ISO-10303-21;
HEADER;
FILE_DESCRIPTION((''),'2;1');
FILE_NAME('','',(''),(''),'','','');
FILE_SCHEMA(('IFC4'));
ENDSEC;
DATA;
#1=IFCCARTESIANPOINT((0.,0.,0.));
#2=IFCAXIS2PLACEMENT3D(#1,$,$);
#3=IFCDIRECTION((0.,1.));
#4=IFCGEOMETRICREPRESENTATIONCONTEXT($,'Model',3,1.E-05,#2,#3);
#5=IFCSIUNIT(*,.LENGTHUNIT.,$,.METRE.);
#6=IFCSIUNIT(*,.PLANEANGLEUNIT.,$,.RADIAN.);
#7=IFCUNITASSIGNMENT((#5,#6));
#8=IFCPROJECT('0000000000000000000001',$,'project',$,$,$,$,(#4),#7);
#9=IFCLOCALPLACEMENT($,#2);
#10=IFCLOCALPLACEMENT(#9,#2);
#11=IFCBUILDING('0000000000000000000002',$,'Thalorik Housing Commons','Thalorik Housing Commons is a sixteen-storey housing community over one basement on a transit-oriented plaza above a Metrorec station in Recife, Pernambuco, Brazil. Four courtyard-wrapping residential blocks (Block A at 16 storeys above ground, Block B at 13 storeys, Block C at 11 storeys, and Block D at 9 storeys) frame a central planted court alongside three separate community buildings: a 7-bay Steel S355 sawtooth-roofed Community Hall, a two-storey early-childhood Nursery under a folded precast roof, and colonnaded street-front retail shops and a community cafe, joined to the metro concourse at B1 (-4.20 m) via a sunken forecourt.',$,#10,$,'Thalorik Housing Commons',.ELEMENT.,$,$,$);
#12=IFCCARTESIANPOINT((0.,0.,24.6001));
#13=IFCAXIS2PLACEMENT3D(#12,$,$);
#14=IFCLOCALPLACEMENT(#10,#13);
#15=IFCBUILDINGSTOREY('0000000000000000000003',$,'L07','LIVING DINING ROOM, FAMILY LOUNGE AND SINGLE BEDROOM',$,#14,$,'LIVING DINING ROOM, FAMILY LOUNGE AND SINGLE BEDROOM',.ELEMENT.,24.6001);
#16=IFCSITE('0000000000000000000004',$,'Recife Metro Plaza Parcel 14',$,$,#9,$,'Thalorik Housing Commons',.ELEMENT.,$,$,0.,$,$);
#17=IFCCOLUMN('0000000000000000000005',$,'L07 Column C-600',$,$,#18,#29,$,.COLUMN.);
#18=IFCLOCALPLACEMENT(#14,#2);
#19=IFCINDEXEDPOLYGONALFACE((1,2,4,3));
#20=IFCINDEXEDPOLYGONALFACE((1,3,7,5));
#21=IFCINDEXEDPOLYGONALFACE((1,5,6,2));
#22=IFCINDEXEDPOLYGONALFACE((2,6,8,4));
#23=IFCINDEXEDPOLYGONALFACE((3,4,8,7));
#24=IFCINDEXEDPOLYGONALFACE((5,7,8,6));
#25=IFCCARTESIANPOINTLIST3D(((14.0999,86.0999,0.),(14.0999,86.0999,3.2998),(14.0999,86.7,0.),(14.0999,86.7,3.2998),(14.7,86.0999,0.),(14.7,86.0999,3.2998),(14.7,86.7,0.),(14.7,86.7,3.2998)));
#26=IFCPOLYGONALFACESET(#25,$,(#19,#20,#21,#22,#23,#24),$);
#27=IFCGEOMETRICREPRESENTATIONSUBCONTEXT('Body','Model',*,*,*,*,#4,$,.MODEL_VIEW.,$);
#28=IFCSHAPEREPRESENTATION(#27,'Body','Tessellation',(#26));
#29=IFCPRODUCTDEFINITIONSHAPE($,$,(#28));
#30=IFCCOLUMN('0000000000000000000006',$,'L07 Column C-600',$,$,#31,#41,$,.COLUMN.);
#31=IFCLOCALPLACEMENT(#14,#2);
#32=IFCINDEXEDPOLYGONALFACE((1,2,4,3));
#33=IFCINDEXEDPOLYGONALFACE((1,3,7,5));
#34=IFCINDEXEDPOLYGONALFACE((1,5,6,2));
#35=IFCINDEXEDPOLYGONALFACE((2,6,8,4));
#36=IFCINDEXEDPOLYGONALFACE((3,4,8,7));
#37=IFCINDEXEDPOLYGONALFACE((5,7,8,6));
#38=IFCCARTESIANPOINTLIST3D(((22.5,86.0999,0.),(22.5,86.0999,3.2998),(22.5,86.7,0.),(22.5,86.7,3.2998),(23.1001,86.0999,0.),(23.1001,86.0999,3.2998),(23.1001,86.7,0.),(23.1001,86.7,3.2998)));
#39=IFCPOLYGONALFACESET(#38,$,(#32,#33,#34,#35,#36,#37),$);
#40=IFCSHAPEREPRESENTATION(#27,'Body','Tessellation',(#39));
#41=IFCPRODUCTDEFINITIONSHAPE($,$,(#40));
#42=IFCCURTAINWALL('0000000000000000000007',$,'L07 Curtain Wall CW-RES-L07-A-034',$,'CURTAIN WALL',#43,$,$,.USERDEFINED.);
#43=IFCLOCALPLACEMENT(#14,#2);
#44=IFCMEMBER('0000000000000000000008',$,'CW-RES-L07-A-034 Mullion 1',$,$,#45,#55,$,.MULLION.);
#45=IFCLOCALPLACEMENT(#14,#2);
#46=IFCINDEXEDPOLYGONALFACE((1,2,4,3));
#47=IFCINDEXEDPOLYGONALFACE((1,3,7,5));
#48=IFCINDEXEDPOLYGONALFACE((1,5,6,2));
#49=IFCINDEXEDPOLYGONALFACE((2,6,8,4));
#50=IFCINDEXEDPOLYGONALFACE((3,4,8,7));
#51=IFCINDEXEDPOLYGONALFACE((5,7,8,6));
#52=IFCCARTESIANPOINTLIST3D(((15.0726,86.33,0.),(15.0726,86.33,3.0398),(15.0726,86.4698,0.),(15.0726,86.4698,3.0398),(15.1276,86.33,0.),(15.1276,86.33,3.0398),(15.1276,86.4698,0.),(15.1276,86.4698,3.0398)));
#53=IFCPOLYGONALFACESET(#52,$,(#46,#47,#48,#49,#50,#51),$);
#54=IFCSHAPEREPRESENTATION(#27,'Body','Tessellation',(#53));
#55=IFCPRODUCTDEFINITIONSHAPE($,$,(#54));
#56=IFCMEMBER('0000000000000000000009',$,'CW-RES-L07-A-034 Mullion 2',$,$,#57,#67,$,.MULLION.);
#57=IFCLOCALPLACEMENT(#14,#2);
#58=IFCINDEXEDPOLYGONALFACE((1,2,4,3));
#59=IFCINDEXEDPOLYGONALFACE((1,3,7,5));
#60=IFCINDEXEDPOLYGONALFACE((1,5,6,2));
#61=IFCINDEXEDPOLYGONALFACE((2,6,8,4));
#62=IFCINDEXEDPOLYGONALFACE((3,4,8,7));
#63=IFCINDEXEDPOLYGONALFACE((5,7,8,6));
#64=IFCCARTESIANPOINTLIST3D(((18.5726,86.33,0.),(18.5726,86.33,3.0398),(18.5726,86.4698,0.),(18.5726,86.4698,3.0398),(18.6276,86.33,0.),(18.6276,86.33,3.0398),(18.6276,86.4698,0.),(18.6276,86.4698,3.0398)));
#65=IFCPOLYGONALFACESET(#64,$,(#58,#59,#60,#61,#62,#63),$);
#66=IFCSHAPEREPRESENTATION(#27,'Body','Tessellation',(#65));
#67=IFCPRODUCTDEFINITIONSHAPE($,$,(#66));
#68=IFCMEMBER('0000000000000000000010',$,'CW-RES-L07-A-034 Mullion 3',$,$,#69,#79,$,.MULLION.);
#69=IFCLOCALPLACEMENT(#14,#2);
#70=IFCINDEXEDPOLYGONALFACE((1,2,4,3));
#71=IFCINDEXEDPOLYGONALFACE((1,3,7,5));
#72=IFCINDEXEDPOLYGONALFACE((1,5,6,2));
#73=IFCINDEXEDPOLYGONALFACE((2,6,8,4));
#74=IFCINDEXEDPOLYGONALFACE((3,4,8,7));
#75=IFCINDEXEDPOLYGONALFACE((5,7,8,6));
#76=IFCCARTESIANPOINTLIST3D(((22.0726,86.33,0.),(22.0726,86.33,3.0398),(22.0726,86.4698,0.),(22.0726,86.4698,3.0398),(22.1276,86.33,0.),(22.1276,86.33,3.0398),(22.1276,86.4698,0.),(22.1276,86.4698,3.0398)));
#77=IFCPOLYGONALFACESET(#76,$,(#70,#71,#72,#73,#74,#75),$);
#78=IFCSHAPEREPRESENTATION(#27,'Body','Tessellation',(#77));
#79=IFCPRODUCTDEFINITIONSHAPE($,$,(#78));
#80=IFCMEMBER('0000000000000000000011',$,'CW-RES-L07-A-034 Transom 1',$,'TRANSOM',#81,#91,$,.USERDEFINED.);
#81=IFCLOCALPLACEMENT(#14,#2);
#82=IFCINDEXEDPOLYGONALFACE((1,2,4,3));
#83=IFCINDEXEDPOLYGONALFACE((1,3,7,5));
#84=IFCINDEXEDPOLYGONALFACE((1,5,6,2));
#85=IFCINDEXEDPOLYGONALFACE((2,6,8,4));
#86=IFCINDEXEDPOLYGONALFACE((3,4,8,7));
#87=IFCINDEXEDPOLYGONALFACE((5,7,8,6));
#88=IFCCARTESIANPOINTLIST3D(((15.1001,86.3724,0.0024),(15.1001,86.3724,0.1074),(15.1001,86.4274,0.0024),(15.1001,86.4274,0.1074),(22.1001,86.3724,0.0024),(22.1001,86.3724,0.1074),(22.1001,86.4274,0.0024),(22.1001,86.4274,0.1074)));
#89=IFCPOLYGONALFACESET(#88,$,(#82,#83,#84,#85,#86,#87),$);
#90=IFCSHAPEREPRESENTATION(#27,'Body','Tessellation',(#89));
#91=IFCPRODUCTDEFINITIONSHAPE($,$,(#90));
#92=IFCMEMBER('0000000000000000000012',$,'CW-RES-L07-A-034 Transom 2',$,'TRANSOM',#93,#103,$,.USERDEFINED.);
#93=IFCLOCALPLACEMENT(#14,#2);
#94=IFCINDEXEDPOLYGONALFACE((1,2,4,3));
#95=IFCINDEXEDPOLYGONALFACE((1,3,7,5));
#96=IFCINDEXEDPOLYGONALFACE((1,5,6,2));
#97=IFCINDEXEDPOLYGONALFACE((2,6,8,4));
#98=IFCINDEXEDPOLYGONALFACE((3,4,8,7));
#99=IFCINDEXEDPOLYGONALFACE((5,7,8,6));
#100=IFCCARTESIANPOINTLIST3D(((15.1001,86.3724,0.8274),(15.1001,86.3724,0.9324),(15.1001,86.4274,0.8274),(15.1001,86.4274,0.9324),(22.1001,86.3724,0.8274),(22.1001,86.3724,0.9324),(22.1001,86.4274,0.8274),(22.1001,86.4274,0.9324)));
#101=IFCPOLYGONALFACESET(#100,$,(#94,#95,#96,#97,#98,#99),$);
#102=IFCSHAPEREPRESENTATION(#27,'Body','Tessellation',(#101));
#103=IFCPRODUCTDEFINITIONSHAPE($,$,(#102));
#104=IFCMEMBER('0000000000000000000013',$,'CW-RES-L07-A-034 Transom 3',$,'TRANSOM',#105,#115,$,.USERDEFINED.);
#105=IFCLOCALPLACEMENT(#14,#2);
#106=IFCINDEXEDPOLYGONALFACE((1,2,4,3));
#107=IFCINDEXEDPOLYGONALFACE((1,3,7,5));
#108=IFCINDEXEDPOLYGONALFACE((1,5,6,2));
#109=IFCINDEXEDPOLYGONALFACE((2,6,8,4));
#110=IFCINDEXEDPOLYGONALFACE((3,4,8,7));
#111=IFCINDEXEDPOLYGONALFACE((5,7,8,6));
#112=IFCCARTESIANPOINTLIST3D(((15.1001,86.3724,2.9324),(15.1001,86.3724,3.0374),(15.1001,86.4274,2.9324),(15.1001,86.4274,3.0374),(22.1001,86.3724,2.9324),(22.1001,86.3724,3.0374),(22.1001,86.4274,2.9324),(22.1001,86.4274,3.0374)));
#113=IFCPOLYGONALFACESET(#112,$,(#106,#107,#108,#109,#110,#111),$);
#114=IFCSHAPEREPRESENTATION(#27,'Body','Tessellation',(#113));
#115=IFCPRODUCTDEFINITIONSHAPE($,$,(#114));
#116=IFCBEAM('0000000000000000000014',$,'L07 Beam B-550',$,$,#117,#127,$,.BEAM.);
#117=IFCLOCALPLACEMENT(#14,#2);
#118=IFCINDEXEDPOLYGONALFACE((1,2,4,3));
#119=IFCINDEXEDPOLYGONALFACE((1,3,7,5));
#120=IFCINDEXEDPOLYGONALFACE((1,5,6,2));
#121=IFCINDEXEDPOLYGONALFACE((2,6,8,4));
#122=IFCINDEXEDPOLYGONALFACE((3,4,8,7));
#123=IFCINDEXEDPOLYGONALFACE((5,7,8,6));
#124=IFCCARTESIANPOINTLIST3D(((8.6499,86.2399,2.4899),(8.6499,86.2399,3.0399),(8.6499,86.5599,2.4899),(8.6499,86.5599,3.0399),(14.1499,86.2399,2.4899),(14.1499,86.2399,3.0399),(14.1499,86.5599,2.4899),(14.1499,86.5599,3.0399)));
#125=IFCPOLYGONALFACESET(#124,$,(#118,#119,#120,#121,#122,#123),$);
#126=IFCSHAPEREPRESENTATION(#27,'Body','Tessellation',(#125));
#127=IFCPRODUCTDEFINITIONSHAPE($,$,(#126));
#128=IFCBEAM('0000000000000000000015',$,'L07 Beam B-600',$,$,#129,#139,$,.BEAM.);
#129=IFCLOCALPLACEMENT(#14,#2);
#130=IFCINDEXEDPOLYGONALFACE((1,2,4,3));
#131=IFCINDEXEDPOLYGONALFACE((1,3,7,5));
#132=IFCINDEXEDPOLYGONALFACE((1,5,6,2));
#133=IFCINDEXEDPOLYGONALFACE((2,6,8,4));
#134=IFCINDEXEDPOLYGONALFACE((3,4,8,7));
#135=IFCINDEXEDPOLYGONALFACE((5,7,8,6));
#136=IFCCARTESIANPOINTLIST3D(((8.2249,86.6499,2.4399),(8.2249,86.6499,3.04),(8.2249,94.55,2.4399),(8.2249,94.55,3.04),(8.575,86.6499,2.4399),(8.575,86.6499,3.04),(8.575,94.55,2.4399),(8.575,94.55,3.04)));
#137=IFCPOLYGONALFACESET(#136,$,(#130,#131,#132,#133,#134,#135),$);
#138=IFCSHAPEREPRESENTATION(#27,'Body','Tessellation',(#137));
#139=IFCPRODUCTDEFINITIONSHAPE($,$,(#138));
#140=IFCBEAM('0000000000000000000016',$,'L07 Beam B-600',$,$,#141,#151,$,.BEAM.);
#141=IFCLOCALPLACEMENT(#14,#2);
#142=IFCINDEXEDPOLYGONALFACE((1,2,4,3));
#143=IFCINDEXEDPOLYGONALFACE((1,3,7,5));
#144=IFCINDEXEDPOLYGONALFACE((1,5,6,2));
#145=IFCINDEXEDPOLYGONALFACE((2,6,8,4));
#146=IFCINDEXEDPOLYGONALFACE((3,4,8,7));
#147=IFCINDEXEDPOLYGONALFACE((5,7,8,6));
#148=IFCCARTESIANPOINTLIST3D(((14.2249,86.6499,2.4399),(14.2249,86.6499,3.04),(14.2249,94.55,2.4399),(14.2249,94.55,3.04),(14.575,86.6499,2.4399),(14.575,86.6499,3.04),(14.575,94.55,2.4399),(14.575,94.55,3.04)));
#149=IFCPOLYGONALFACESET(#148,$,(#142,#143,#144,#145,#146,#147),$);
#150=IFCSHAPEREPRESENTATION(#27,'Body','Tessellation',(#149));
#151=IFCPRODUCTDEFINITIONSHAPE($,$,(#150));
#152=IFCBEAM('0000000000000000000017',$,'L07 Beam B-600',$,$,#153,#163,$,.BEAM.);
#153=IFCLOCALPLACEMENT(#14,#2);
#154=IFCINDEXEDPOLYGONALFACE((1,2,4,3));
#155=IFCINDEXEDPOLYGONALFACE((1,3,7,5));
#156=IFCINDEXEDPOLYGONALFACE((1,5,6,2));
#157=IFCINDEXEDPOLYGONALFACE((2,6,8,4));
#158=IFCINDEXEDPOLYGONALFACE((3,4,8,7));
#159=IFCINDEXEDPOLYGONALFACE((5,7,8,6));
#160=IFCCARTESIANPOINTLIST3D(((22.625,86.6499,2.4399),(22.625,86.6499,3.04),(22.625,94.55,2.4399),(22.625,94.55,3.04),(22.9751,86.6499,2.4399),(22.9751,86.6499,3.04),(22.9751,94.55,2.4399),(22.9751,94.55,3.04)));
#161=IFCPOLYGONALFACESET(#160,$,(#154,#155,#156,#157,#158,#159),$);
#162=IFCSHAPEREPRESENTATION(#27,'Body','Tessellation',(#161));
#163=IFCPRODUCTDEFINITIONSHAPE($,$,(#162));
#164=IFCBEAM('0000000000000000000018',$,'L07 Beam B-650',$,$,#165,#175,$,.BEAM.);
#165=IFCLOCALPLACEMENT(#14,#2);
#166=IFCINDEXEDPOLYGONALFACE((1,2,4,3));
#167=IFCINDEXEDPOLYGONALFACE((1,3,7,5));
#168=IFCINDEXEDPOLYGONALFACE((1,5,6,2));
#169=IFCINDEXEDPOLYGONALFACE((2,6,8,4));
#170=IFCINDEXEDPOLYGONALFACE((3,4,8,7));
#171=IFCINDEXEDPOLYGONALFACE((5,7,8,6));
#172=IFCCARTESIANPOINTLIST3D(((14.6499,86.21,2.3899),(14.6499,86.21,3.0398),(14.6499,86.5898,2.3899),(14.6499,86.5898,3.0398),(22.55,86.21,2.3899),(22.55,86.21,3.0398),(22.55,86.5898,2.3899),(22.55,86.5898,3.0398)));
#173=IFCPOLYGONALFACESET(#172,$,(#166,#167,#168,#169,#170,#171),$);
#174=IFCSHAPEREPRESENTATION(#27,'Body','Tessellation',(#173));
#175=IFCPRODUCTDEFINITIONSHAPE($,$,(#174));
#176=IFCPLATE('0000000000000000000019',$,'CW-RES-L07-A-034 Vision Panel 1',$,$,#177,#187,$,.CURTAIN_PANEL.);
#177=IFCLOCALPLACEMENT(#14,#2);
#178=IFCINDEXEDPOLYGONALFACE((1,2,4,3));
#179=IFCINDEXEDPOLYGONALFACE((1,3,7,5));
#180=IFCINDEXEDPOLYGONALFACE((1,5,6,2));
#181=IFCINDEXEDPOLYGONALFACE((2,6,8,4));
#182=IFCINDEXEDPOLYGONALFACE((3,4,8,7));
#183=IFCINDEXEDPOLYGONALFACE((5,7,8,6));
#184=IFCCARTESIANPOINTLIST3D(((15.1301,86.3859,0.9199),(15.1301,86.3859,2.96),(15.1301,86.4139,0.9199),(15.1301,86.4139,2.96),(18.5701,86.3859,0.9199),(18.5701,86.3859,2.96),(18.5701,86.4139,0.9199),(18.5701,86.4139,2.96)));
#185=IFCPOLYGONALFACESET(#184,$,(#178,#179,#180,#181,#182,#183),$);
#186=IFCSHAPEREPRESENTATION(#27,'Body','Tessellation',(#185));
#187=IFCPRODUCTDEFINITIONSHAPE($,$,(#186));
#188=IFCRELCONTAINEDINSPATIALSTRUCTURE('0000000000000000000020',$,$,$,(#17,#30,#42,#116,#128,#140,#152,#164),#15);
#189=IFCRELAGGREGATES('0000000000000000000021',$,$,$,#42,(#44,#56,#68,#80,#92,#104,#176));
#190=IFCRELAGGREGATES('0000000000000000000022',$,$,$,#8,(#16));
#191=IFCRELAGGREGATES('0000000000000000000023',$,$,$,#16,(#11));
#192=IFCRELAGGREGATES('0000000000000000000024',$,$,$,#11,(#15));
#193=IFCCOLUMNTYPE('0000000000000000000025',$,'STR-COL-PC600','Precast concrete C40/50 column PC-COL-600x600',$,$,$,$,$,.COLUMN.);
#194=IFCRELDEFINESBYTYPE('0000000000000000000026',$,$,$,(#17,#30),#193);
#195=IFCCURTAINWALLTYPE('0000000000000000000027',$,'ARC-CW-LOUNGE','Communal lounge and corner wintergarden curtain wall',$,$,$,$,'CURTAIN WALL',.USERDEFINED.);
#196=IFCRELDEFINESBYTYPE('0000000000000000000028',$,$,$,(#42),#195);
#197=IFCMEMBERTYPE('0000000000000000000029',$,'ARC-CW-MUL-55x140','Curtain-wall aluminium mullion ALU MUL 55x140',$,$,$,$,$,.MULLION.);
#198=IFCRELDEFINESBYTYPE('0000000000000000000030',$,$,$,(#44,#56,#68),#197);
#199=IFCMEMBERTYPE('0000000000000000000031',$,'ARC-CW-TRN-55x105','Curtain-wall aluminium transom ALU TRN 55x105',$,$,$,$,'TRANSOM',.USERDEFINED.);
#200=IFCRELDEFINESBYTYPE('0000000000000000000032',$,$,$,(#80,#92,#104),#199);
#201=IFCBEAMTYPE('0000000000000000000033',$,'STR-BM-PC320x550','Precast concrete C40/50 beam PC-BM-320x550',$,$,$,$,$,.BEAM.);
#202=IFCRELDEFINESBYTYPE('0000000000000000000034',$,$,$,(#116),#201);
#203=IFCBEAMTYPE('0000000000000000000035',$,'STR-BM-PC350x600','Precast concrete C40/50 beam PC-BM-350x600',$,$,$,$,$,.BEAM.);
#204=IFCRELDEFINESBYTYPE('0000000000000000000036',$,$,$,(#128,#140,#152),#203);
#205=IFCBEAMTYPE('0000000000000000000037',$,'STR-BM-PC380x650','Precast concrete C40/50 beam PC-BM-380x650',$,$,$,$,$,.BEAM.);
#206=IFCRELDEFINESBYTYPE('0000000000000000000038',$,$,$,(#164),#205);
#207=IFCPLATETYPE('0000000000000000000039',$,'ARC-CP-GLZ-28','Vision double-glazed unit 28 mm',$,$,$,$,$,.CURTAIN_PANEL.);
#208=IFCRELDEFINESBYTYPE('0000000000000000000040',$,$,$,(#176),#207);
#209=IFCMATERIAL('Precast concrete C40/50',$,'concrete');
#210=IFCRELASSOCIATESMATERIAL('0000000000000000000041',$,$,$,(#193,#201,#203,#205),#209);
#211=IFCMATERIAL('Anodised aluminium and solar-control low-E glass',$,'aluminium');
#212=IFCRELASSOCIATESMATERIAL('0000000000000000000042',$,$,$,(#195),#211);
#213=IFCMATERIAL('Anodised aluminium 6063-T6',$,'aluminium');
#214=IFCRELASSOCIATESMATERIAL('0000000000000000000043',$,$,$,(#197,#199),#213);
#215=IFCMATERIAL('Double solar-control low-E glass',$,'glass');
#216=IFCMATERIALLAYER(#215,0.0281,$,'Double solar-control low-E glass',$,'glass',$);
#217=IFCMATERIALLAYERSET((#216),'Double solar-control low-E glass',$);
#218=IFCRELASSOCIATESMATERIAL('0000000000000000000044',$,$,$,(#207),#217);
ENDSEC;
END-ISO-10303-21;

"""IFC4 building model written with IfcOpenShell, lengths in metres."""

from ifc_helpers import new_model, si_unit, direction, frame, origin, origin_2d, place, context, subcontext, project, spatial, rectangle, extrude, material, layer, layer_set, material_profile, profile_set, type_object, element, aggregate, save


model = new_model("IFC4")

# Units and contexts
model_context = context("Model", 3, precision=1e-05, world=origin(), true_north=direction((0.0, 1.0)))
body_context = subcontext(model_context, "Body", "Model", "MODEL_VIEW")
ifc_project = project(units=[si_unit("LENGTHUNIT", "METRE"), si_unit("PLANEANGLEUNIT", "RADIAN")], contexts=[model_context])

# Site, building, storey
site_placement = place(None, origin())
site = spatial("IfcSite", under=ifc_project, at=site_placement, Name="Recife Metro Plaza Parcel 14", LongName="Thalorik Housing Commons", CompositionType="ELEMENT", RefElevation=0.0)
building_placement = place(site_placement, origin())
building = spatial("IfcBuilding", under=site, at=building_placement, Name="Thalorik Housing Commons", Description="Thalorik Housing Commons is a sixteen-storey housing community over one basement on a transit-oriented plaza above a Metrorec station in Recife, Pernambuco, Brazil. Four courtyard-wrapping residential blocks (Block A at 16 storeys above ground, Block B at 13 storeys, Block C at 11 storeys, and Block D at 9 storeys) frame a central planted court alongside three separate community buildings: a 7-bay Steel S355 sawtooth-roofed Community Hall, a two-storey early-childhood Nursery under a folded precast roof, and colonnaded street-front retail shops and a community cafe, joined to the metro concourse at B1 (-4.20 m) via a sunken forecourt.", LongName="Thalorik Housing Commons", CompositionType="ELEMENT")
storey_placement = place(building_placement, frame((0.0, 0.0, 24.6001)))
storey = spatial("IfcBuildingStorey", under=building, at=storey_placement, Name="L07", Description="LIVING DINING ROOM, FAMILY LOUNGE AND SINGLE BEDROOM", LongName="LIVING DINING ROOM, FAMILY LOUNGE AND SINGLE BEDROOM", CompositionType="ELEMENT", Elevation=24.6001)

# Columns
ifc_material_1 = material(Name="Precast concrete C40/50", Category="concrete")
ifc_material_profile_1 = material_profile(ifc_material_1, rectangle(XDim=0.6001, YDim=0.6001, at=origin_2d()), Name="PC 600x600", Category="concrete")
ifc_profile_set_1 = profile_set([ifc_material_profile_1], Name="Precast concrete C40/50")
column_type = type_object("IfcColumnType", Name="STR-COL-PC600", Description="Precast concrete C40/50 column PC-COL-600x600", PredefinedType="COLUMN", material=ifc_profile_set_1)
for number, where, z_axis, x_axis, name in (
    (1, (14.3999, 86.3999, 0.0), (0.0, 0.0, 1.0), (1.0, 0.0, 0.0), "L07 Column C-600"),
    (2, (22.8, 86.3999, 0.0), (0.0, 0.0, 1.0), (1.0, 0.0, 0.0), "L07 Column C-600"),
):
    element("IfcColumn", number, at=place(storey_placement, frame(where, z_axis=z_axis, x_axis=x_axis)), inside=storey, type_object=column_type, Name=name, PredefinedType="COLUMN", context=body_context, shape_type="SweptSolid", body=[
        extrude(rectangle(XDim=0.6001, YDim=0.6001, at=origin_2d()), origin(), (0.0, 0.0, 1.0), 3.2998),
    ])

# Curtain wall, members
ifc_material_2 = material(Name="Anodised aluminium and solar-control low-E glass", Category="aluminium")
curtain_wall_type = type_object("IfcCurtainWallType", Name="ARC-CW-LOUNGE", Description="Communal lounge and corner wintergarden curtain wall", ElementType="CURTAIN WALL", PredefinedType="USERDEFINED", material=ifc_material_2)
curtain_wall_placement = place(storey_placement, origin())
curtain_wall = element("IfcCurtainWall", 3, at=curtain_wall_placement, inside=storey, type_object=curtain_wall_type, Name="L07 Curtain Wall CW-RES-L07-A-034", ObjectType="CURTAIN WALL", PredefinedType="USERDEFINED")
ifc_material_3 = material(Name="Anodised aluminium 6063-T6", Category="aluminium")
ifc_material_profile_2 = material_profile(ifc_material_3, rectangle(XDim=0.0549, YDim=0.1399, at=origin_2d()), Name="ALU MUL 55x140", Category="aluminium")
ifc_profile_set_2 = profile_set([ifc_material_profile_2], Name="Anodised aluminium 6063-T6")
member_type_1 = type_object("IfcMemberType", Name="ARC-CW-MUL-55x140", Description="Curtain-wall aluminium mullion ALU MUL 55x140", PredefinedType="MULLION", material=ifc_profile_set_2)
member_1_placement = place(storey_placement, frame((15.1001, 86.3999, 0.0), z_axis=(0.0, 0.0, 1.0), x_axis=(1.0, 0.0, 0.0)))
member_1 = element("IfcMember", 4, at=member_1_placement, type_object=member_type_1, Name="CW-RES-L07-A-034 Mullion 1", PredefinedType="MULLION", context=body_context, shape_type="SweptSolid", body=[
    extrude(rectangle(XDim=0.0549, YDim=0.1399, at=origin_2d()), origin(), (0.0, 0.0, 1.0), 3.0398),
])
member_2_placement = place(storey_placement, frame((18.6001, 86.3999, 0.0), z_axis=(0.0, 0.0, 1.0), x_axis=(1.0, 0.0, 0.0)))
member_2 = element("IfcMember", 5, at=member_2_placement, type_object=member_type_1, Name="CW-RES-L07-A-034 Mullion 2", PredefinedType="MULLION", context=body_context, shape_type="SweptSolid", body=[
    extrude(rectangle(XDim=0.0549, YDim=0.1399, at=origin_2d()), origin(), (0.0, 0.0, 1.0), 3.0398),
])
member_3_placement = place(storey_placement, frame((22.1001, 86.3999, 0.0), z_axis=(0.0, 0.0, 1.0), x_axis=(1.0, 0.0, 0.0)))
member_3 = element("IfcMember", 6, at=member_3_placement, type_object=member_type_1, Name="CW-RES-L07-A-034 Mullion 3", PredefinedType="MULLION", context=body_context, shape_type="SweptSolid", body=[
    extrude(rectangle(XDim=0.0549, YDim=0.1399, at=origin_2d()), origin(), (0.0, 0.0, 1.0), 3.0398),
])
ifc_material_profile_3 = material_profile(ifc_material_3, rectangle(XDim=0.0549, YDim=0.105, at=origin_2d()), Name="ALU TRN 55x105", Category="aluminium")
ifc_profile_set_3 = profile_set([ifc_material_profile_3], Name="Anodised aluminium 6063-T6")
member_type_2 = type_object("IfcMemberType", Name="ARC-CW-TRN-55x105", Description="Curtain-wall aluminium transom ALU TRN 55x105", ElementType="TRANSOM", PredefinedType="USERDEFINED", material=ifc_profile_set_3)
member_4_placement = place(storey_placement, frame((15.1001, 86.3999, 0.0549), z_axis=(1.0, 0.0, 0.0), x_axis=(0.0, 1.0, 0.0)))
member_4 = element("IfcMember", 7, at=member_4_placement, type_object=member_type_2, Name="CW-RES-L07-A-034 Transom 1", ObjectType="TRANSOM", PredefinedType="USERDEFINED", context=body_context, shape_type="SweptSolid", body=[
    extrude(rectangle(XDim=0.0549, YDim=0.105, at=origin_2d()), origin(), (0.0, 0.0, 1.0), 7.0),
])
member_5_placement = place(storey_placement, frame((15.1001, 86.3999, 0.8799), z_axis=(1.0, 0.0, 0.0), x_axis=(0.0, 1.0, 0.0)))
member_5 = element("IfcMember", 8, at=member_5_placement, type_object=member_type_2, Name="CW-RES-L07-A-034 Transom 2", ObjectType="TRANSOM", PredefinedType="USERDEFINED", context=body_context, shape_type="SweptSolid", body=[
    extrude(rectangle(XDim=0.0549, YDim=0.105, at=origin_2d()), origin(), (0.0, 0.0, 1.0), 7.0),
])
member_6_placement = place(storey_placement, frame((15.1001, 86.3999, 2.9849), z_axis=(1.0, 0.0, 0.0), x_axis=(0.0, 1.0, 0.0)))
member_6 = element("IfcMember", 9, at=member_6_placement, type_object=member_type_2, Name="CW-RES-L07-A-034 Transom 3", ObjectType="TRANSOM", PredefinedType="USERDEFINED", context=body_context, shape_type="SweptSolid", body=[
    extrude(rectangle(XDim=0.0549, YDim=0.105, at=origin_2d()), origin(), (0.0, 0.0, 1.0), 7.0),
])

# Beams
ifc_material_profile_4 = material_profile(ifc_material_1, rectangle(XDim=0.3201, YDim=0.55, at=origin_2d()), Name="PC 320x550", Category="concrete")
ifc_profile_set_4 = profile_set([ifc_material_profile_4], Name="Precast concrete C40/50")
beam_type_1 = type_object("IfcBeamType", Name="STR-BM-PC320x550", Description="Precast concrete C40/50 beam PC-BM-320x550", PredefinedType="BEAM", material=ifc_profile_set_4)
beam_1_placement = place(storey_placement, frame((8.6499, 86.3999, 2.7649), z_axis=(1.0, 0.0, 0.0), x_axis=(0.0, 1.0, 0.0)))
element("IfcBeam", 10, at=beam_1_placement, inside=storey, type_object=beam_type_1, Name="L07 Beam B-550", PredefinedType="BEAM", context=body_context, shape_type="SweptSolid", body=[
    extrude(rectangle(XDim=0.3201, YDim=0.55, at=origin_2d()), origin(), (0.0, 0.0, 1.0), 5.5),
])
ifc_material_profile_5 = material_profile(ifc_material_1, rectangle(XDim=0.3501, YDim=0.6001, at=origin_2d()), Name="PC 350x600", Category="concrete")
ifc_profile_set_5 = profile_set([ifc_material_profile_5], Name="Precast concrete C40/50")
beam_type_2 = type_object("IfcBeamType", Name="STR-BM-PC350x600", Description="Precast concrete C40/50 beam PC-BM-350x600", PredefinedType="BEAM", material=ifc_profile_set_5)
for number, where, z_axis, x_axis, name in (
    (11, (8.3999, 86.6499, 2.74), (0.0, 1.0, 0.0), (-1.0, 0.0, 0.0), "L07 Beam B-600"),
    (12, (14.3999, 86.6499, 2.74), (0.0, 1.0, 0.0), (-1.0, 0.0, 0.0), "L07 Beam B-600"),
    (13, (22.8, 86.6499, 2.74), (0.0, 1.0, 0.0), (-1.0, 0.0, 0.0), "L07 Beam B-600"),
):
    element("IfcBeam", number, at=place(storey_placement, frame(where, z_axis=z_axis, x_axis=x_axis)), inside=storey, type_object=beam_type_2, Name=name, PredefinedType="BEAM", context=body_context, shape_type="SweptSolid", body=[
        extrude(rectangle(XDim=0.3501, YDim=0.6001, at=origin_2d()), origin(), (0.0, 0.0, 1.0), 7.9001),
    ])
ifc_material_profile_6 = material_profile(ifc_material_1, rectangle(XDim=0.3799, YDim=0.6499, at=origin_2d()), Name="PC 380x650", Category="concrete")
ifc_profile_set_6 = profile_set([ifc_material_profile_6], Name="Precast concrete C40/50")
beam_type_3 = type_object("IfcBeamType", Name="STR-BM-PC380x650", Description="Precast concrete C40/50 beam PC-BM-380x650", PredefinedType="BEAM", material=ifc_profile_set_6)
beam_2_placement = place(storey_placement, frame((14.6499, 86.3999, 2.7148), z_axis=(1.0, 0.0, 0.0), x_axis=(0.0, 1.0, 0.0)))
element("IfcBeam", 14, at=beam_2_placement, inside=storey, type_object=beam_type_3, Name="L07 Beam B-650", PredefinedType="BEAM", context=body_context, shape_type="SweptSolid", body=[
    extrude(rectangle(XDim=0.3799, YDim=0.6499, at=origin_2d()), origin(), (0.0, 0.0, 1.0), 7.9001),
])

# Plate
ifc_material_4 = material(Name="Double solar-control low-E glass", Category="glass")
ifc_layer_1 = layer(ifc_material_4, 0.0281, Name="Double solar-control low-E glass", Category="glass")
ifc_layer_set_1 = layer_set([ifc_layer_1], Name="Double solar-control low-E glass")
plate_type_1 = type_object("IfcPlateType", Name="ARC-CP-GLZ-28", Description="Vision double-glazed unit 28 mm", PredefinedType="CURTAIN_PANEL", material=ifc_layer_set_1)
plate_1_placement = place(storey_placement, frame((16.8501, 86.3999, 0.9199), z_axis=(0.0, 0.0, 1.0), x_axis=(1.0, 0.0, 0.0)))
plate_1 = element("IfcPlate", 15, at=plate_1_placement, type_object=plate_type_1, Name="CW-RES-L07-A-034 Vision Panel 1", PredefinedType="CURTAIN_PANEL", context=body_context, shape_type="SweptSolid", body=[
    extrude(rectangle(XDim=3.4399, YDim=0.0281, at=origin_2d()), origin(), (0.0, 0.0, 1.0), 2.04),
])
aggregate(curtain_wall, [member_1, member_2, member_3, member_4, member_5, member_6, plate_1])

save(model, "model.ifc")
